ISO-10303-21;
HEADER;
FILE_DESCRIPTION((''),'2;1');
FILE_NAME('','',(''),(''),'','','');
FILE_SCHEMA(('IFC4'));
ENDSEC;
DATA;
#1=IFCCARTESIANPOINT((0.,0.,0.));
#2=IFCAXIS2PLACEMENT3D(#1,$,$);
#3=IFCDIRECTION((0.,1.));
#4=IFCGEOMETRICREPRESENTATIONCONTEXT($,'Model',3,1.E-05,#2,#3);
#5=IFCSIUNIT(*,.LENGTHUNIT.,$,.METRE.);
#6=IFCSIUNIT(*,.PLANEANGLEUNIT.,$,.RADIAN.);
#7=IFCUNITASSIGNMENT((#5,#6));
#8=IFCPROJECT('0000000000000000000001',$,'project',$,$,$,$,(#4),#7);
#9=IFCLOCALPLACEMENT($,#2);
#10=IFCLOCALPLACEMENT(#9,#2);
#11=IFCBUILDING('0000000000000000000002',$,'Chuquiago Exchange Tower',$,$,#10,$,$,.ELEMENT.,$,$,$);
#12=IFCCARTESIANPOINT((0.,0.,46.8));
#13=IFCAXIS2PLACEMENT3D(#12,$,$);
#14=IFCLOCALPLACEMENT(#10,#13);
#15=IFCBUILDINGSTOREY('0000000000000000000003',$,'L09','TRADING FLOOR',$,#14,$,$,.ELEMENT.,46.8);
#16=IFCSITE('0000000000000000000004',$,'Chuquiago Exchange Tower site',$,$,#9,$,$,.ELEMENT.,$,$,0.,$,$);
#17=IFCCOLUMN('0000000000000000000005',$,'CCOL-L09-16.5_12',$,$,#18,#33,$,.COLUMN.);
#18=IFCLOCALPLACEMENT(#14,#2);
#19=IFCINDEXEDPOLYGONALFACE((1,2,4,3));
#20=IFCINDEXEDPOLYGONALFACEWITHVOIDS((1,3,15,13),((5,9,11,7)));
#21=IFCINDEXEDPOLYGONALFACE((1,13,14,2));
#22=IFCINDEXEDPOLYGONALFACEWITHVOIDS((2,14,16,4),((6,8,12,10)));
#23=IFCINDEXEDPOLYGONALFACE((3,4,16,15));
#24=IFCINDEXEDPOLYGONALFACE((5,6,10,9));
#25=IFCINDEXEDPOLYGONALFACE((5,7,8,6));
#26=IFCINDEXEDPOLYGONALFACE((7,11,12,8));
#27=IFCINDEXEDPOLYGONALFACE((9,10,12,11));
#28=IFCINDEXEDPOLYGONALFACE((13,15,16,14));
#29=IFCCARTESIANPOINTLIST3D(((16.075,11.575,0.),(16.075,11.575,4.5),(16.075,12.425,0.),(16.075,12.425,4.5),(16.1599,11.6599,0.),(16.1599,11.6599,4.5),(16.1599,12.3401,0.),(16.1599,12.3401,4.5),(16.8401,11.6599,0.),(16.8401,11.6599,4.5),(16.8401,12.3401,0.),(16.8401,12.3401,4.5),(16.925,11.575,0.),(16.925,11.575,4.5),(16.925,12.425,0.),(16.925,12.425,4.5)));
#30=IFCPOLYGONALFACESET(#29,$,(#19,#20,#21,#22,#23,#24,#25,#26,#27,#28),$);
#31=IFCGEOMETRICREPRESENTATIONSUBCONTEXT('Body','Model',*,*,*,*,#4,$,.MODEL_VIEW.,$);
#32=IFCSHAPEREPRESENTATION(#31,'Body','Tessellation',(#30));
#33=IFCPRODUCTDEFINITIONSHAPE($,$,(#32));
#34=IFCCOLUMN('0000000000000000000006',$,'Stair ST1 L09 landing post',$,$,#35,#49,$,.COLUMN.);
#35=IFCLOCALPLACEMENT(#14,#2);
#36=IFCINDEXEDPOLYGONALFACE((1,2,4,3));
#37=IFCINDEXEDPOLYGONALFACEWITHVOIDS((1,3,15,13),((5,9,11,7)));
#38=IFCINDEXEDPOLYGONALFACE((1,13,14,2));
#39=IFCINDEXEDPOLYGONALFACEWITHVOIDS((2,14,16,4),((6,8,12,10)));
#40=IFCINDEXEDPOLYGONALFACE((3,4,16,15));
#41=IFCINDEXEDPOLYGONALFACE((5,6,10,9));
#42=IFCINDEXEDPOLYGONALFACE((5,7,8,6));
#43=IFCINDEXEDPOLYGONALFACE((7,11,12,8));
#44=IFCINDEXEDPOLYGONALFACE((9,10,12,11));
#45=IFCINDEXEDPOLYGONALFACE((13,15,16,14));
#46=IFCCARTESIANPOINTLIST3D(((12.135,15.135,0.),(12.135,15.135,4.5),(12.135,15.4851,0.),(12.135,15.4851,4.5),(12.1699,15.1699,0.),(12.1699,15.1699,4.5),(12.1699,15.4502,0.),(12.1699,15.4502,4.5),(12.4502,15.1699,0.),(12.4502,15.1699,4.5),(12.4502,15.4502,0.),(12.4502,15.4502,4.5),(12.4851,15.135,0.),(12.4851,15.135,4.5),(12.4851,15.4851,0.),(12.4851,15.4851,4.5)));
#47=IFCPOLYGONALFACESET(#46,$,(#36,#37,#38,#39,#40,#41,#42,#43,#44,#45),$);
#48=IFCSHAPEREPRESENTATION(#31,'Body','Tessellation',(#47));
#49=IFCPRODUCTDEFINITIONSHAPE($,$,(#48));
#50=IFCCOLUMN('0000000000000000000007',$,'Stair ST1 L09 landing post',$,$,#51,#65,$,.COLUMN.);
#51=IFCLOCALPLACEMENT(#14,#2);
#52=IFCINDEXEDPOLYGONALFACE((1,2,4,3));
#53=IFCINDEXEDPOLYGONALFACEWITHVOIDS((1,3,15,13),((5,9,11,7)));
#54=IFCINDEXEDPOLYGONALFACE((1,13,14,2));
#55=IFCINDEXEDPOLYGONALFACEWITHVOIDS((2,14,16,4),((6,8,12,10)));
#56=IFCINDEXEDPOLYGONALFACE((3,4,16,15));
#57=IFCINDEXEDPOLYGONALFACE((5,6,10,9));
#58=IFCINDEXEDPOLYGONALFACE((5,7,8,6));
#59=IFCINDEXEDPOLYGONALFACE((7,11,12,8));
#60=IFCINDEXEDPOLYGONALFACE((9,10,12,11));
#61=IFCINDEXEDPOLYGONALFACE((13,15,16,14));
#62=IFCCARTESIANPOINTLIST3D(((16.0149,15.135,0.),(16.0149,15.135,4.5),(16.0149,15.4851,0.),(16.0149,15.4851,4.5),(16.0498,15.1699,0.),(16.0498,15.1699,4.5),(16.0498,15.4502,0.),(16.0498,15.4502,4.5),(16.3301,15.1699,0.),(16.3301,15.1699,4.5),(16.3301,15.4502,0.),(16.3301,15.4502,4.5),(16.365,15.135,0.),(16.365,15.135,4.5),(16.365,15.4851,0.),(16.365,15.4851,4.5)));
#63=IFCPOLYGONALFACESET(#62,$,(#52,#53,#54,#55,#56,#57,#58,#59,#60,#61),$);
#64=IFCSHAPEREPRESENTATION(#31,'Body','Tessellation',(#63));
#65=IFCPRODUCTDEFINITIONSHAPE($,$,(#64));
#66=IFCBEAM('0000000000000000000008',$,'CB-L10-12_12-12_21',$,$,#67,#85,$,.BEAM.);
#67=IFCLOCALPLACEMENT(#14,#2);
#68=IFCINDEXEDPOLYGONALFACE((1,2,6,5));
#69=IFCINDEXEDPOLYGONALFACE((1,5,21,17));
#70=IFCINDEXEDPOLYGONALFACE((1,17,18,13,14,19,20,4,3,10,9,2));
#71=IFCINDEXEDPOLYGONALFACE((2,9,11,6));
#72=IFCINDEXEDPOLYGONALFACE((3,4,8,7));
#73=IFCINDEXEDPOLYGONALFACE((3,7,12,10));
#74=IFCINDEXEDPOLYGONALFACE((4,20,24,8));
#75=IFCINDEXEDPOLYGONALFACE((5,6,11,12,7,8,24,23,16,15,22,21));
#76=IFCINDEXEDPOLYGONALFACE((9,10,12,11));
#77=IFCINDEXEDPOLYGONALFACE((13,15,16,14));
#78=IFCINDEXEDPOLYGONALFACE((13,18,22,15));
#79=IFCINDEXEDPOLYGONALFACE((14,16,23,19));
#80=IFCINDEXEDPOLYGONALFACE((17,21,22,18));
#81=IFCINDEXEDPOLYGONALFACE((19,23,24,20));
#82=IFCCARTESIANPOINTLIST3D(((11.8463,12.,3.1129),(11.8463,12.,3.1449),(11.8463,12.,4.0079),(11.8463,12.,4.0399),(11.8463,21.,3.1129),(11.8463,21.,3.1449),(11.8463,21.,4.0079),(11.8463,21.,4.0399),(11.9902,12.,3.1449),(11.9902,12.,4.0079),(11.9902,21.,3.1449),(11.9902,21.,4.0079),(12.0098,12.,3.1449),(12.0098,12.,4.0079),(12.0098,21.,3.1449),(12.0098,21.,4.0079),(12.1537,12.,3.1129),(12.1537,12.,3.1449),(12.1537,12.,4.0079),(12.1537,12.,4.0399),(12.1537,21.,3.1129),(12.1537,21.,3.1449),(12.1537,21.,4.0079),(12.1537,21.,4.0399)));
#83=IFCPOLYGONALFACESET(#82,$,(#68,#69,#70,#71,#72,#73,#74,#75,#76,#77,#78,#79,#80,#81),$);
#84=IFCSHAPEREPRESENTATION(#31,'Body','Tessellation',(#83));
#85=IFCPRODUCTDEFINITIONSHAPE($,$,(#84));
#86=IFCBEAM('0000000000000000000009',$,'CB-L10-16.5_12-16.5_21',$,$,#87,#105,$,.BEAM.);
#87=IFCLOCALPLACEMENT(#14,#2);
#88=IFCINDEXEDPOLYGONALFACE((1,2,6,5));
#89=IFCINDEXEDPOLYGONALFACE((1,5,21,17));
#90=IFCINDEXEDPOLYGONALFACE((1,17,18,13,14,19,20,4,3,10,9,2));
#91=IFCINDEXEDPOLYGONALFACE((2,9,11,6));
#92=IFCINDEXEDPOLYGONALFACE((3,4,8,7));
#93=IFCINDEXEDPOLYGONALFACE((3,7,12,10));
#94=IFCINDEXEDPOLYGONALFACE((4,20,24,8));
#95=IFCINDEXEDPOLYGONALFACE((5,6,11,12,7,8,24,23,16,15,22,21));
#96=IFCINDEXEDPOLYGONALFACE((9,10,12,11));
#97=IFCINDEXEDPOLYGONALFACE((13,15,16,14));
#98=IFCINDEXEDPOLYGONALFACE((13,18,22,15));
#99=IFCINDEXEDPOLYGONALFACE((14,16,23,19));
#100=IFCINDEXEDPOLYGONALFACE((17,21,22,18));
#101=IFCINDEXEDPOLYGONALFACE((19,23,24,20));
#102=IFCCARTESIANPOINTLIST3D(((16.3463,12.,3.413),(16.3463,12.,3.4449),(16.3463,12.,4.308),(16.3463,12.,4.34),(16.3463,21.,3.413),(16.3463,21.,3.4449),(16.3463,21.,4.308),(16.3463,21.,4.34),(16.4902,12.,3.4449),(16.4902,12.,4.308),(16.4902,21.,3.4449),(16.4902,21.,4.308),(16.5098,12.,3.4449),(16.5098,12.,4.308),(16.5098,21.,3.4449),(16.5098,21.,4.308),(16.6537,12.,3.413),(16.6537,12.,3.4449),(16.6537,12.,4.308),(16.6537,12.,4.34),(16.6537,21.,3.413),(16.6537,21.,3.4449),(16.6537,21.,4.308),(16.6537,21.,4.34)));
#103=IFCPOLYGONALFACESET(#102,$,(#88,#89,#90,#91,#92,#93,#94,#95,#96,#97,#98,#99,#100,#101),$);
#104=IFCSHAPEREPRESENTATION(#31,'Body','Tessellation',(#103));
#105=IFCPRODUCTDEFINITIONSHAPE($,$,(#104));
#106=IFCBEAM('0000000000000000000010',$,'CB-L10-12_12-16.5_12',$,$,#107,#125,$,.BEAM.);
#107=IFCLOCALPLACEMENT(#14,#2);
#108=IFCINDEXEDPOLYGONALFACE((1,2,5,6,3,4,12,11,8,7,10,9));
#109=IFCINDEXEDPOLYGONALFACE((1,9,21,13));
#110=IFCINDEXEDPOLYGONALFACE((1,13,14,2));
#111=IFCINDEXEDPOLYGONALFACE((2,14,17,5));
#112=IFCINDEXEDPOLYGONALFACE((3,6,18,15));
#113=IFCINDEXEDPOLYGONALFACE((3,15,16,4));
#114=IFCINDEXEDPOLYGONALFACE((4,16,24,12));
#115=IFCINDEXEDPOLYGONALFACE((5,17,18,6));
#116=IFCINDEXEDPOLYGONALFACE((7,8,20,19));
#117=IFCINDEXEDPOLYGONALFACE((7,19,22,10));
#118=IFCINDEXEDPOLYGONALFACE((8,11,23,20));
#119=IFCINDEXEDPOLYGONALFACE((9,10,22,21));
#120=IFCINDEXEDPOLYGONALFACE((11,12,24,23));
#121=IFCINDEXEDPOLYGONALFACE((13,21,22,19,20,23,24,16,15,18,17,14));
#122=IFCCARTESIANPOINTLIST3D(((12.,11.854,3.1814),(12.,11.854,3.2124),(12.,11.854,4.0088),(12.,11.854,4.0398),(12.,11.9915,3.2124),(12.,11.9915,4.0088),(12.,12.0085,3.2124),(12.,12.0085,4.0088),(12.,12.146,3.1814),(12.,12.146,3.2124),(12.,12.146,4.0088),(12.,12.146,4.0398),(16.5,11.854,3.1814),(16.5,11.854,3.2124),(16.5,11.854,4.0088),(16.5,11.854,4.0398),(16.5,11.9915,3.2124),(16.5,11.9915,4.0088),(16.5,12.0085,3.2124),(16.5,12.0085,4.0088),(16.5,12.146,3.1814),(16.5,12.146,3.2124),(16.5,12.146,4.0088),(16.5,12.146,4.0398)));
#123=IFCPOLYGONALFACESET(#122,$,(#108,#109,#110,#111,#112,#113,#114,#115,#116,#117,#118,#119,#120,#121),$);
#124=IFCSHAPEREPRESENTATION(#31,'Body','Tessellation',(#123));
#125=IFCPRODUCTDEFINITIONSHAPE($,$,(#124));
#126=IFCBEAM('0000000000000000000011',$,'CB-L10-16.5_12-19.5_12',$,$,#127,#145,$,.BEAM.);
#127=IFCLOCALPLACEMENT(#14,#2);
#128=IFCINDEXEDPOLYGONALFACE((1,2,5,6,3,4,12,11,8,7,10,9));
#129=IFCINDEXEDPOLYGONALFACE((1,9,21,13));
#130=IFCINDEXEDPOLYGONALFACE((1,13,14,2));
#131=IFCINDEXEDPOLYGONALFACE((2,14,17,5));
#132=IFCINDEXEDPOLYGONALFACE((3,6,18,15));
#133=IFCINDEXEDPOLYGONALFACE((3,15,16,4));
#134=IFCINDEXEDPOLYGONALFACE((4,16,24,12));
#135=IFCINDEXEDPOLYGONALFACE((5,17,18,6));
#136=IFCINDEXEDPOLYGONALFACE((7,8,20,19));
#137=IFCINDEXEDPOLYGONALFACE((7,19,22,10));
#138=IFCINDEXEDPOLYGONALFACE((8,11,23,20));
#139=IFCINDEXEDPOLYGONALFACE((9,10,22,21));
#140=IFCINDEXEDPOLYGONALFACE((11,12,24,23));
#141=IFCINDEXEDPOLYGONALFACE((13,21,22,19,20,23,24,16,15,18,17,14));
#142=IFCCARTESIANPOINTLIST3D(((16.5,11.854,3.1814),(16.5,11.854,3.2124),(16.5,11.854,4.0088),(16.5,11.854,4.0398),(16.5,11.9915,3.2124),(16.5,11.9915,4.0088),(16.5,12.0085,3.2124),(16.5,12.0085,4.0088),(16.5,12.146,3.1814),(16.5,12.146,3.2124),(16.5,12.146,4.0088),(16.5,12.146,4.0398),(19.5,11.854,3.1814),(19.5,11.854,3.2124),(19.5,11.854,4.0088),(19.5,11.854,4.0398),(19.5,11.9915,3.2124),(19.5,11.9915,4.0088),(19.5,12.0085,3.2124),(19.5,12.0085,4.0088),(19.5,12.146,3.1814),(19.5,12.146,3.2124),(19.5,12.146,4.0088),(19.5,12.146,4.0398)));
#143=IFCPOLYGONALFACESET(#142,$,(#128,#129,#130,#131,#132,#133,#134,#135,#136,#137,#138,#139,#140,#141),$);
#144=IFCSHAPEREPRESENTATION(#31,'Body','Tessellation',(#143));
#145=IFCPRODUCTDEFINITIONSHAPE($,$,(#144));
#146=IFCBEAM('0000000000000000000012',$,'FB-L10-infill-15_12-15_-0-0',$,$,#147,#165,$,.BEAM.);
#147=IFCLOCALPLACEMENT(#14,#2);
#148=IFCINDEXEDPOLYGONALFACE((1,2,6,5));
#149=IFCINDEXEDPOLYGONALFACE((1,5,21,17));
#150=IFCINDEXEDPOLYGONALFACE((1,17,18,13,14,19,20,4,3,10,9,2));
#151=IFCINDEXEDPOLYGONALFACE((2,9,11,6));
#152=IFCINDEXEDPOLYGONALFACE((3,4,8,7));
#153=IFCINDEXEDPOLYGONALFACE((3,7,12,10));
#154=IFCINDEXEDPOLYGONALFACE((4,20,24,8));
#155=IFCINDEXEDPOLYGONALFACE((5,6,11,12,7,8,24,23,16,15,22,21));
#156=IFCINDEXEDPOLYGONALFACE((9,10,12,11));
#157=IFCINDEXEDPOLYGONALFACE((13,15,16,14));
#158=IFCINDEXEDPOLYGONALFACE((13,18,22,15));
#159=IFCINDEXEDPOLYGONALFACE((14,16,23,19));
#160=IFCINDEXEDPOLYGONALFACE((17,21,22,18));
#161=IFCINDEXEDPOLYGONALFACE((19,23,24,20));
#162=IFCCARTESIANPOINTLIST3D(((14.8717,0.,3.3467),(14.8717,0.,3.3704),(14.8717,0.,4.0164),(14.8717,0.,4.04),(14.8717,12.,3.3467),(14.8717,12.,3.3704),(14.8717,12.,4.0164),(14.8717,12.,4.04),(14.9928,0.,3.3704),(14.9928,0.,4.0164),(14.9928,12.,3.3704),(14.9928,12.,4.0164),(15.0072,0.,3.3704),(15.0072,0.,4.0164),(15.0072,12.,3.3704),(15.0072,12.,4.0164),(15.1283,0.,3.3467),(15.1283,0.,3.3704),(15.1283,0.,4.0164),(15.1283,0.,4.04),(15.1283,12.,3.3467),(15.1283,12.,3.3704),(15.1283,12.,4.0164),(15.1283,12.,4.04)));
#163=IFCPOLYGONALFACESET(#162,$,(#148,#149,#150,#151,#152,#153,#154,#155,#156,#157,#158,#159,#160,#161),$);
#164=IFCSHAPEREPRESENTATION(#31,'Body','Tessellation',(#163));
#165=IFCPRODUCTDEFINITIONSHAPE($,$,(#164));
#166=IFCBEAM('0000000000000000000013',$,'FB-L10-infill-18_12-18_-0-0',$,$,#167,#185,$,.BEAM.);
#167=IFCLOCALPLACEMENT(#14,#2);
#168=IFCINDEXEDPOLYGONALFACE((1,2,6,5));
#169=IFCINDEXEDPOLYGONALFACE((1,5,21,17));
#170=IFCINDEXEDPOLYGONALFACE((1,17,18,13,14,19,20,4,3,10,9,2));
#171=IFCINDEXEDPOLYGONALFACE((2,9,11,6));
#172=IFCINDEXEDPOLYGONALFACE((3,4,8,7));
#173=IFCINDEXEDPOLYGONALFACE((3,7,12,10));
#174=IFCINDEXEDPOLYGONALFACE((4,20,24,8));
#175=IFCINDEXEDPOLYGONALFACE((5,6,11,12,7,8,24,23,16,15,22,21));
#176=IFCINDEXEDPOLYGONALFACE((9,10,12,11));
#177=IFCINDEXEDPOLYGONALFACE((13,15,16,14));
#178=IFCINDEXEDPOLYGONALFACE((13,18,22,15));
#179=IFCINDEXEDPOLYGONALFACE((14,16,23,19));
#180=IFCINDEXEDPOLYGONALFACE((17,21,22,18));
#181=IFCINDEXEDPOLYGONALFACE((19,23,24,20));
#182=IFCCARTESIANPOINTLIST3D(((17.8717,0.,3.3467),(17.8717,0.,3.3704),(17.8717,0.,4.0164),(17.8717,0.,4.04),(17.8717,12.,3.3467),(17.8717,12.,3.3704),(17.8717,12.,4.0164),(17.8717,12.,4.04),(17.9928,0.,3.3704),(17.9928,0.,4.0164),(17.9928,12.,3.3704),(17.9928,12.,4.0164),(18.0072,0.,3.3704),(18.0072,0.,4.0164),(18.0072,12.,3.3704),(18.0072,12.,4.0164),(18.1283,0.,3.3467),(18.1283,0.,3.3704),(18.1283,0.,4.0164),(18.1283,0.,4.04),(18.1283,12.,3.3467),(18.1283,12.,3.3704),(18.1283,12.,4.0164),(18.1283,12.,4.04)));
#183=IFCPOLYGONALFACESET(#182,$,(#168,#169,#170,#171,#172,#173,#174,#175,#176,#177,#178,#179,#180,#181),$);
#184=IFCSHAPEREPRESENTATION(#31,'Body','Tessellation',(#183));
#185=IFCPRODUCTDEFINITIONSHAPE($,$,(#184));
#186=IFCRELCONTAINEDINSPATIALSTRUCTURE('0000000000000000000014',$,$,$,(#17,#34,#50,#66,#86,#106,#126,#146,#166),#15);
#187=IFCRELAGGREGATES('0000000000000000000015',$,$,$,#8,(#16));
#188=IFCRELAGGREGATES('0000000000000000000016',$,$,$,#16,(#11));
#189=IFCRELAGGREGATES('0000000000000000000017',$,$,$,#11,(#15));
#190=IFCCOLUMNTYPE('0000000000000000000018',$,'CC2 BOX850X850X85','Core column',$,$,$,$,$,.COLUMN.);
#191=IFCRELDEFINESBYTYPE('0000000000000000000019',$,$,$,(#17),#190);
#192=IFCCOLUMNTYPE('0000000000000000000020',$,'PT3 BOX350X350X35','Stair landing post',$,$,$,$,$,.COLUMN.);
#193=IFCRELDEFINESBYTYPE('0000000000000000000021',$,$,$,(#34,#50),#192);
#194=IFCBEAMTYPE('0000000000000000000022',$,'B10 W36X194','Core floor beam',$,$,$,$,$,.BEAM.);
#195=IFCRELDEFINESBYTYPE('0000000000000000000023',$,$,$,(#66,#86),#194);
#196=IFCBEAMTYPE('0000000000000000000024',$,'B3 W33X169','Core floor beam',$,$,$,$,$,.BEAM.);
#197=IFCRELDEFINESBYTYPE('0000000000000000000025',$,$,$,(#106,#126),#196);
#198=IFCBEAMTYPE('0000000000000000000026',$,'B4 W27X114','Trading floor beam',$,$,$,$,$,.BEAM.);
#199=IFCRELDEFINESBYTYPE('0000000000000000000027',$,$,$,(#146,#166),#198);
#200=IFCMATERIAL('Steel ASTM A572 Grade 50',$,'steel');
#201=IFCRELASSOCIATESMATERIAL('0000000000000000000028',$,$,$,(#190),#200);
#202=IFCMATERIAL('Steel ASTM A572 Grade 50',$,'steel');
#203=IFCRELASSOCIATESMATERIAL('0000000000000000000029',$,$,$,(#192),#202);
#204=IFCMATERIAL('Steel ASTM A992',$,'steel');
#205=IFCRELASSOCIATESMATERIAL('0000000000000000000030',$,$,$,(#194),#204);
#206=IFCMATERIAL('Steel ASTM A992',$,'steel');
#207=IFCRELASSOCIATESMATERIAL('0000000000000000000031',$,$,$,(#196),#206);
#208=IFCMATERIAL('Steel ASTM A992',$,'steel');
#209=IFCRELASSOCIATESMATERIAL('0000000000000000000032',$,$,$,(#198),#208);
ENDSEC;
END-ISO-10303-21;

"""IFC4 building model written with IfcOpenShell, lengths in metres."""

from ifc_helpers import new_model, si_unit, direction, frame, origin, origin_2d, place, context, subcontext, project, spatial, hollow_rectangle, i_section, extrude, material, material_profile, profile_set, type_object, element, save


model = new_model("IFC4")

# Units and contexts
model_context = context("Model", 3, precision=1e-05, world=origin(), true_north=direction((0.0, 1.0)))
body_context = subcontext(model_context, "Body", "Model", "MODEL_VIEW")
ifc_project = project(units=[si_unit("LENGTHUNIT", "METRE"), si_unit("PLANEANGLEUNIT", "RADIAN")], contexts=[model_context])

# Site, building, storey
site_placement = place(None, origin())
site = spatial("IfcSite", under=ifc_project, at=site_placement, Name="Chuquiago Exchange Tower site", CompositionType="ELEMENT", RefElevation=0.0)
building_placement = place(site_placement, origin())
building = spatial("IfcBuilding", under=site, at=building_placement, Name="Chuquiago Exchange Tower", CompositionType="ELEMENT")
storey_placement = place(building_placement, frame((0.0, 0.0, 46.8)))
storey = spatial("IfcBuildingStorey", under=building, at=storey_placement, Name="L09", Description="TRADING FLOOR", CompositionType="ELEMENT", Elevation=46.8)

# Columns
ifc_material_1 = material(Name="Steel ASTM A572 Grade 50", Category="steel")
ifc_material_profile_1 = material_profile(ifc_material_1, hollow_rectangle(XDim=0.8501, YDim=0.8501, WallThickness=0.085, at=origin_2d()), Name="BOX850X850X85")
ifc_profile_set_1 = profile_set([ifc_material_profile_1], Name="Steel ASTM A572 Grade 50")
column_type_1 = type_object("IfcColumnType", Name="CC2 BOX850X850X85", Description="Core column", PredefinedType="COLUMN", material=ifc_profile_set_1)
column_placement = place(storey_placement, frame((16.5, 12.0, 0.0), z_axis=(0.0, 0.0, 1.0), x_axis=(1.0, 0.0, 0.0)))
element("IfcColumn", 1, at=column_placement, inside=storey, type_object=column_type_1, Name="CCOL-L09-16.5_12", PredefinedType="COLUMN", context=body_context, shape_type="SweptSolid", body=[
    extrude(hollow_rectangle(XDim=0.8501, YDim=0.8501, WallThickness=0.085, at=origin_2d()), origin(), (0.0, 0.0, 1.0), 4.5),
])
ifc_material_2 = material(Name="Steel ASTM A572 Grade 50", Category="steel")
ifc_material_profile_2 = material_profile(ifc_material_2, hollow_rectangle(XDim=0.3501, YDim=0.3501, WallThickness=0.0349, at=origin_2d()), Name="BOX350X350X35")
ifc_profile_set_2 = profile_set([ifc_material_profile_2], Name="Steel ASTM A572 Grade 50")
column_type_2 = type_object("IfcColumnType", Name="PT3 BOX350X350X35", Description="Stair landing post", PredefinedType="COLUMN", material=ifc_profile_set_2)
for number, where, z_axis, x_axis, name in (
    (2, (12.3101, 15.3101, 0.0), (0.0, 0.0, 1.0), (1.0, 0.0, 0.0), "Stair ST1 L09 landing post"),
    (3, (16.1899, 15.3101, 0.0), (0.0, 0.0, 1.0), (1.0, 0.0, 0.0), "Stair ST1 L09 landing post"),
):
    element("IfcColumn", number, at=place(storey_placement, frame(where, z_axis=z_axis, x_axis=x_axis)), inside=storey, type_object=column_type_2, Name=name, PredefinedType="COLUMN", context=body_context, shape_type="SweptSolid", body=[
        extrude(hollow_rectangle(XDim=0.3501, YDim=0.3501, WallThickness=0.0349, at=origin_2d()), origin(), (0.0, 0.0, 1.0), 4.5),
    ])

# Beams
ifc_material_3 = material(Name="Steel ASTM A992", Category="steel")
ifc_material_profile_3 = material_profile(ifc_material_3, i_section(OverallWidth=0.3074, OverallDepth=0.927, WebThickness=0.0195, FlangeThickness=0.032, at=origin_2d()), Name="W36X194")
ifc_profile_set_3 = profile_set([ifc_material_profile_3], Name="Steel ASTM A992")
beam_type_1 = type_object("IfcBeamType", Name="B10 W36X194", Description="Core floor beam", PredefinedType="BEAM", material=ifc_profile_set_3)
for number, where, z_axis, x_axis, name in (
    (4, (12.0, 12.0, 3.5764), (0.0, 1.0, 0.0), (-1.0, 0.0, 0.0), "CB-L10-12_12-12_21"),
    (5, (16.5, 12.0, 3.8765), (0.0, 1.0, 0.0), (-1.0, 0.0, 0.0), "CB-L10-16.5_12-16.5_21"),
):
    element("IfcBeam", number, at=place(storey_placement, frame(where, z_axis=z_axis, x_axis=x_axis)), inside=storey, type_object=beam_type_1, Name=name, PredefinedType="BEAM", context=body_context, shape_type="SweptSolid", body=[
        extrude(i_section(OverallWidth=0.3074, OverallDepth=0.927, WebThickness=0.0195, FlangeThickness=0.032, at=origin_2d()), origin(), (0.0, 0.0, 1.0), 9.0),
    ])
ifc_material_4 = material(Name="Steel ASTM A992", Category="steel")
ifc_material_profile_4 = material_profile(ifc_material_4, i_section(OverallWidth=0.292, OverallDepth=0.8584, WebThickness=0.0171, FlangeThickness=0.031, at=origin_2d()), Name="W33X169")
ifc_profile_set_4 = profile_set([ifc_material_profile_4], Name="Steel ASTM A992")
beam_type_2 = type_object("IfcBeamType", Name="B3 W33X169", Description="Core floor beam", PredefinedType="BEAM", material=ifc_profile_set_4)
beam_1_placement = place(storey_placement, frame((12.0, 12.0, 3.6106), z_axis=(1.0, 0.0, 0.0), x_axis=(0.0, 1.0, 0.0)))
element("IfcBeam", 6, at=beam_1_placement, inside=storey, type_object=beam_type_2, Name="CB-L10-12_12-16.5_12", PredefinedType="BEAM", context=body_context, shape_type="SweptSolid", body=[
    extrude(i_section(OverallWidth=0.292, OverallDepth=0.8584, WebThickness=0.0171, FlangeThickness=0.031, at=origin_2d()), origin(), (0.0, 0.0, 1.0), 4.5),
])
beam_2_placement = place(storey_placement, frame((16.5, 12.0, 3.6106), z_axis=(1.0, 0.0, 0.0), x_axis=(0.0, 1.0, 0.0)))
element("IfcBeam", 7, at=beam_2_placement, inside=storey, type_object=beam_type_2, Name="CB-L10-16.5_12-19.5_12", PredefinedType="BEAM", context=body_context, shape_type="SweptSolid", body=[
    extrude(i_section(OverallWidth=0.292, OverallDepth=0.8584, WebThickness=0.0171, FlangeThickness=0.031, at=origin_2d()), origin(), (0.0, 0.0, 1.0), 3.0),
])
ifc_material_5 = material(Name="Steel ASTM A992", Category="steel")
ifc_material_profile_5 = material_profile(ifc_material_5, i_section(OverallWidth=0.2566, OverallDepth=0.6934, WebThickness=0.0144, FlangeThickness=0.0237, at=origin_2d()), Name="W27X114")
ifc_profile_set_5 = profile_set([ifc_material_profile_5], Name="Steel ASTM A992")
beam_type_3 = type_object("IfcBeamType", Name="B4 W27X114", Description="Trading floor beam", PredefinedType="BEAM", material=ifc_profile_set_5)
for number, where, z_axis, x_axis, name in (
    (8, (15.0, 12.0, 3.6934), (0.0, -1.0, 0.0), (1.0, 0.0, 0.0), "FB-L10-infill-15_12-15_-0-0"),
    (9, (18.0, 12.0, 3.6934), (0.0, -1.0, 0.0), (1.0, 0.0, 0.0), "FB-L10-infill-18_12-18_-0-0"),
):
    element("IfcBeam", number, at=place(storey_placement, frame(where, z_axis=z_axis, x_axis=x_axis)), inside=storey, type_object=beam_type_3, Name=name, PredefinedType="BEAM", context=body_context, shape_type="SweptSolid", body=[
        extrude(i_section(OverallWidth=0.2566, OverallDepth=0.6934, WebThickness=0.0144, FlangeThickness=0.0237, at=origin_2d()), origin(), (0.0, 0.0, 1.0), 12.0),
    ])

save(model, "model.ifc")
